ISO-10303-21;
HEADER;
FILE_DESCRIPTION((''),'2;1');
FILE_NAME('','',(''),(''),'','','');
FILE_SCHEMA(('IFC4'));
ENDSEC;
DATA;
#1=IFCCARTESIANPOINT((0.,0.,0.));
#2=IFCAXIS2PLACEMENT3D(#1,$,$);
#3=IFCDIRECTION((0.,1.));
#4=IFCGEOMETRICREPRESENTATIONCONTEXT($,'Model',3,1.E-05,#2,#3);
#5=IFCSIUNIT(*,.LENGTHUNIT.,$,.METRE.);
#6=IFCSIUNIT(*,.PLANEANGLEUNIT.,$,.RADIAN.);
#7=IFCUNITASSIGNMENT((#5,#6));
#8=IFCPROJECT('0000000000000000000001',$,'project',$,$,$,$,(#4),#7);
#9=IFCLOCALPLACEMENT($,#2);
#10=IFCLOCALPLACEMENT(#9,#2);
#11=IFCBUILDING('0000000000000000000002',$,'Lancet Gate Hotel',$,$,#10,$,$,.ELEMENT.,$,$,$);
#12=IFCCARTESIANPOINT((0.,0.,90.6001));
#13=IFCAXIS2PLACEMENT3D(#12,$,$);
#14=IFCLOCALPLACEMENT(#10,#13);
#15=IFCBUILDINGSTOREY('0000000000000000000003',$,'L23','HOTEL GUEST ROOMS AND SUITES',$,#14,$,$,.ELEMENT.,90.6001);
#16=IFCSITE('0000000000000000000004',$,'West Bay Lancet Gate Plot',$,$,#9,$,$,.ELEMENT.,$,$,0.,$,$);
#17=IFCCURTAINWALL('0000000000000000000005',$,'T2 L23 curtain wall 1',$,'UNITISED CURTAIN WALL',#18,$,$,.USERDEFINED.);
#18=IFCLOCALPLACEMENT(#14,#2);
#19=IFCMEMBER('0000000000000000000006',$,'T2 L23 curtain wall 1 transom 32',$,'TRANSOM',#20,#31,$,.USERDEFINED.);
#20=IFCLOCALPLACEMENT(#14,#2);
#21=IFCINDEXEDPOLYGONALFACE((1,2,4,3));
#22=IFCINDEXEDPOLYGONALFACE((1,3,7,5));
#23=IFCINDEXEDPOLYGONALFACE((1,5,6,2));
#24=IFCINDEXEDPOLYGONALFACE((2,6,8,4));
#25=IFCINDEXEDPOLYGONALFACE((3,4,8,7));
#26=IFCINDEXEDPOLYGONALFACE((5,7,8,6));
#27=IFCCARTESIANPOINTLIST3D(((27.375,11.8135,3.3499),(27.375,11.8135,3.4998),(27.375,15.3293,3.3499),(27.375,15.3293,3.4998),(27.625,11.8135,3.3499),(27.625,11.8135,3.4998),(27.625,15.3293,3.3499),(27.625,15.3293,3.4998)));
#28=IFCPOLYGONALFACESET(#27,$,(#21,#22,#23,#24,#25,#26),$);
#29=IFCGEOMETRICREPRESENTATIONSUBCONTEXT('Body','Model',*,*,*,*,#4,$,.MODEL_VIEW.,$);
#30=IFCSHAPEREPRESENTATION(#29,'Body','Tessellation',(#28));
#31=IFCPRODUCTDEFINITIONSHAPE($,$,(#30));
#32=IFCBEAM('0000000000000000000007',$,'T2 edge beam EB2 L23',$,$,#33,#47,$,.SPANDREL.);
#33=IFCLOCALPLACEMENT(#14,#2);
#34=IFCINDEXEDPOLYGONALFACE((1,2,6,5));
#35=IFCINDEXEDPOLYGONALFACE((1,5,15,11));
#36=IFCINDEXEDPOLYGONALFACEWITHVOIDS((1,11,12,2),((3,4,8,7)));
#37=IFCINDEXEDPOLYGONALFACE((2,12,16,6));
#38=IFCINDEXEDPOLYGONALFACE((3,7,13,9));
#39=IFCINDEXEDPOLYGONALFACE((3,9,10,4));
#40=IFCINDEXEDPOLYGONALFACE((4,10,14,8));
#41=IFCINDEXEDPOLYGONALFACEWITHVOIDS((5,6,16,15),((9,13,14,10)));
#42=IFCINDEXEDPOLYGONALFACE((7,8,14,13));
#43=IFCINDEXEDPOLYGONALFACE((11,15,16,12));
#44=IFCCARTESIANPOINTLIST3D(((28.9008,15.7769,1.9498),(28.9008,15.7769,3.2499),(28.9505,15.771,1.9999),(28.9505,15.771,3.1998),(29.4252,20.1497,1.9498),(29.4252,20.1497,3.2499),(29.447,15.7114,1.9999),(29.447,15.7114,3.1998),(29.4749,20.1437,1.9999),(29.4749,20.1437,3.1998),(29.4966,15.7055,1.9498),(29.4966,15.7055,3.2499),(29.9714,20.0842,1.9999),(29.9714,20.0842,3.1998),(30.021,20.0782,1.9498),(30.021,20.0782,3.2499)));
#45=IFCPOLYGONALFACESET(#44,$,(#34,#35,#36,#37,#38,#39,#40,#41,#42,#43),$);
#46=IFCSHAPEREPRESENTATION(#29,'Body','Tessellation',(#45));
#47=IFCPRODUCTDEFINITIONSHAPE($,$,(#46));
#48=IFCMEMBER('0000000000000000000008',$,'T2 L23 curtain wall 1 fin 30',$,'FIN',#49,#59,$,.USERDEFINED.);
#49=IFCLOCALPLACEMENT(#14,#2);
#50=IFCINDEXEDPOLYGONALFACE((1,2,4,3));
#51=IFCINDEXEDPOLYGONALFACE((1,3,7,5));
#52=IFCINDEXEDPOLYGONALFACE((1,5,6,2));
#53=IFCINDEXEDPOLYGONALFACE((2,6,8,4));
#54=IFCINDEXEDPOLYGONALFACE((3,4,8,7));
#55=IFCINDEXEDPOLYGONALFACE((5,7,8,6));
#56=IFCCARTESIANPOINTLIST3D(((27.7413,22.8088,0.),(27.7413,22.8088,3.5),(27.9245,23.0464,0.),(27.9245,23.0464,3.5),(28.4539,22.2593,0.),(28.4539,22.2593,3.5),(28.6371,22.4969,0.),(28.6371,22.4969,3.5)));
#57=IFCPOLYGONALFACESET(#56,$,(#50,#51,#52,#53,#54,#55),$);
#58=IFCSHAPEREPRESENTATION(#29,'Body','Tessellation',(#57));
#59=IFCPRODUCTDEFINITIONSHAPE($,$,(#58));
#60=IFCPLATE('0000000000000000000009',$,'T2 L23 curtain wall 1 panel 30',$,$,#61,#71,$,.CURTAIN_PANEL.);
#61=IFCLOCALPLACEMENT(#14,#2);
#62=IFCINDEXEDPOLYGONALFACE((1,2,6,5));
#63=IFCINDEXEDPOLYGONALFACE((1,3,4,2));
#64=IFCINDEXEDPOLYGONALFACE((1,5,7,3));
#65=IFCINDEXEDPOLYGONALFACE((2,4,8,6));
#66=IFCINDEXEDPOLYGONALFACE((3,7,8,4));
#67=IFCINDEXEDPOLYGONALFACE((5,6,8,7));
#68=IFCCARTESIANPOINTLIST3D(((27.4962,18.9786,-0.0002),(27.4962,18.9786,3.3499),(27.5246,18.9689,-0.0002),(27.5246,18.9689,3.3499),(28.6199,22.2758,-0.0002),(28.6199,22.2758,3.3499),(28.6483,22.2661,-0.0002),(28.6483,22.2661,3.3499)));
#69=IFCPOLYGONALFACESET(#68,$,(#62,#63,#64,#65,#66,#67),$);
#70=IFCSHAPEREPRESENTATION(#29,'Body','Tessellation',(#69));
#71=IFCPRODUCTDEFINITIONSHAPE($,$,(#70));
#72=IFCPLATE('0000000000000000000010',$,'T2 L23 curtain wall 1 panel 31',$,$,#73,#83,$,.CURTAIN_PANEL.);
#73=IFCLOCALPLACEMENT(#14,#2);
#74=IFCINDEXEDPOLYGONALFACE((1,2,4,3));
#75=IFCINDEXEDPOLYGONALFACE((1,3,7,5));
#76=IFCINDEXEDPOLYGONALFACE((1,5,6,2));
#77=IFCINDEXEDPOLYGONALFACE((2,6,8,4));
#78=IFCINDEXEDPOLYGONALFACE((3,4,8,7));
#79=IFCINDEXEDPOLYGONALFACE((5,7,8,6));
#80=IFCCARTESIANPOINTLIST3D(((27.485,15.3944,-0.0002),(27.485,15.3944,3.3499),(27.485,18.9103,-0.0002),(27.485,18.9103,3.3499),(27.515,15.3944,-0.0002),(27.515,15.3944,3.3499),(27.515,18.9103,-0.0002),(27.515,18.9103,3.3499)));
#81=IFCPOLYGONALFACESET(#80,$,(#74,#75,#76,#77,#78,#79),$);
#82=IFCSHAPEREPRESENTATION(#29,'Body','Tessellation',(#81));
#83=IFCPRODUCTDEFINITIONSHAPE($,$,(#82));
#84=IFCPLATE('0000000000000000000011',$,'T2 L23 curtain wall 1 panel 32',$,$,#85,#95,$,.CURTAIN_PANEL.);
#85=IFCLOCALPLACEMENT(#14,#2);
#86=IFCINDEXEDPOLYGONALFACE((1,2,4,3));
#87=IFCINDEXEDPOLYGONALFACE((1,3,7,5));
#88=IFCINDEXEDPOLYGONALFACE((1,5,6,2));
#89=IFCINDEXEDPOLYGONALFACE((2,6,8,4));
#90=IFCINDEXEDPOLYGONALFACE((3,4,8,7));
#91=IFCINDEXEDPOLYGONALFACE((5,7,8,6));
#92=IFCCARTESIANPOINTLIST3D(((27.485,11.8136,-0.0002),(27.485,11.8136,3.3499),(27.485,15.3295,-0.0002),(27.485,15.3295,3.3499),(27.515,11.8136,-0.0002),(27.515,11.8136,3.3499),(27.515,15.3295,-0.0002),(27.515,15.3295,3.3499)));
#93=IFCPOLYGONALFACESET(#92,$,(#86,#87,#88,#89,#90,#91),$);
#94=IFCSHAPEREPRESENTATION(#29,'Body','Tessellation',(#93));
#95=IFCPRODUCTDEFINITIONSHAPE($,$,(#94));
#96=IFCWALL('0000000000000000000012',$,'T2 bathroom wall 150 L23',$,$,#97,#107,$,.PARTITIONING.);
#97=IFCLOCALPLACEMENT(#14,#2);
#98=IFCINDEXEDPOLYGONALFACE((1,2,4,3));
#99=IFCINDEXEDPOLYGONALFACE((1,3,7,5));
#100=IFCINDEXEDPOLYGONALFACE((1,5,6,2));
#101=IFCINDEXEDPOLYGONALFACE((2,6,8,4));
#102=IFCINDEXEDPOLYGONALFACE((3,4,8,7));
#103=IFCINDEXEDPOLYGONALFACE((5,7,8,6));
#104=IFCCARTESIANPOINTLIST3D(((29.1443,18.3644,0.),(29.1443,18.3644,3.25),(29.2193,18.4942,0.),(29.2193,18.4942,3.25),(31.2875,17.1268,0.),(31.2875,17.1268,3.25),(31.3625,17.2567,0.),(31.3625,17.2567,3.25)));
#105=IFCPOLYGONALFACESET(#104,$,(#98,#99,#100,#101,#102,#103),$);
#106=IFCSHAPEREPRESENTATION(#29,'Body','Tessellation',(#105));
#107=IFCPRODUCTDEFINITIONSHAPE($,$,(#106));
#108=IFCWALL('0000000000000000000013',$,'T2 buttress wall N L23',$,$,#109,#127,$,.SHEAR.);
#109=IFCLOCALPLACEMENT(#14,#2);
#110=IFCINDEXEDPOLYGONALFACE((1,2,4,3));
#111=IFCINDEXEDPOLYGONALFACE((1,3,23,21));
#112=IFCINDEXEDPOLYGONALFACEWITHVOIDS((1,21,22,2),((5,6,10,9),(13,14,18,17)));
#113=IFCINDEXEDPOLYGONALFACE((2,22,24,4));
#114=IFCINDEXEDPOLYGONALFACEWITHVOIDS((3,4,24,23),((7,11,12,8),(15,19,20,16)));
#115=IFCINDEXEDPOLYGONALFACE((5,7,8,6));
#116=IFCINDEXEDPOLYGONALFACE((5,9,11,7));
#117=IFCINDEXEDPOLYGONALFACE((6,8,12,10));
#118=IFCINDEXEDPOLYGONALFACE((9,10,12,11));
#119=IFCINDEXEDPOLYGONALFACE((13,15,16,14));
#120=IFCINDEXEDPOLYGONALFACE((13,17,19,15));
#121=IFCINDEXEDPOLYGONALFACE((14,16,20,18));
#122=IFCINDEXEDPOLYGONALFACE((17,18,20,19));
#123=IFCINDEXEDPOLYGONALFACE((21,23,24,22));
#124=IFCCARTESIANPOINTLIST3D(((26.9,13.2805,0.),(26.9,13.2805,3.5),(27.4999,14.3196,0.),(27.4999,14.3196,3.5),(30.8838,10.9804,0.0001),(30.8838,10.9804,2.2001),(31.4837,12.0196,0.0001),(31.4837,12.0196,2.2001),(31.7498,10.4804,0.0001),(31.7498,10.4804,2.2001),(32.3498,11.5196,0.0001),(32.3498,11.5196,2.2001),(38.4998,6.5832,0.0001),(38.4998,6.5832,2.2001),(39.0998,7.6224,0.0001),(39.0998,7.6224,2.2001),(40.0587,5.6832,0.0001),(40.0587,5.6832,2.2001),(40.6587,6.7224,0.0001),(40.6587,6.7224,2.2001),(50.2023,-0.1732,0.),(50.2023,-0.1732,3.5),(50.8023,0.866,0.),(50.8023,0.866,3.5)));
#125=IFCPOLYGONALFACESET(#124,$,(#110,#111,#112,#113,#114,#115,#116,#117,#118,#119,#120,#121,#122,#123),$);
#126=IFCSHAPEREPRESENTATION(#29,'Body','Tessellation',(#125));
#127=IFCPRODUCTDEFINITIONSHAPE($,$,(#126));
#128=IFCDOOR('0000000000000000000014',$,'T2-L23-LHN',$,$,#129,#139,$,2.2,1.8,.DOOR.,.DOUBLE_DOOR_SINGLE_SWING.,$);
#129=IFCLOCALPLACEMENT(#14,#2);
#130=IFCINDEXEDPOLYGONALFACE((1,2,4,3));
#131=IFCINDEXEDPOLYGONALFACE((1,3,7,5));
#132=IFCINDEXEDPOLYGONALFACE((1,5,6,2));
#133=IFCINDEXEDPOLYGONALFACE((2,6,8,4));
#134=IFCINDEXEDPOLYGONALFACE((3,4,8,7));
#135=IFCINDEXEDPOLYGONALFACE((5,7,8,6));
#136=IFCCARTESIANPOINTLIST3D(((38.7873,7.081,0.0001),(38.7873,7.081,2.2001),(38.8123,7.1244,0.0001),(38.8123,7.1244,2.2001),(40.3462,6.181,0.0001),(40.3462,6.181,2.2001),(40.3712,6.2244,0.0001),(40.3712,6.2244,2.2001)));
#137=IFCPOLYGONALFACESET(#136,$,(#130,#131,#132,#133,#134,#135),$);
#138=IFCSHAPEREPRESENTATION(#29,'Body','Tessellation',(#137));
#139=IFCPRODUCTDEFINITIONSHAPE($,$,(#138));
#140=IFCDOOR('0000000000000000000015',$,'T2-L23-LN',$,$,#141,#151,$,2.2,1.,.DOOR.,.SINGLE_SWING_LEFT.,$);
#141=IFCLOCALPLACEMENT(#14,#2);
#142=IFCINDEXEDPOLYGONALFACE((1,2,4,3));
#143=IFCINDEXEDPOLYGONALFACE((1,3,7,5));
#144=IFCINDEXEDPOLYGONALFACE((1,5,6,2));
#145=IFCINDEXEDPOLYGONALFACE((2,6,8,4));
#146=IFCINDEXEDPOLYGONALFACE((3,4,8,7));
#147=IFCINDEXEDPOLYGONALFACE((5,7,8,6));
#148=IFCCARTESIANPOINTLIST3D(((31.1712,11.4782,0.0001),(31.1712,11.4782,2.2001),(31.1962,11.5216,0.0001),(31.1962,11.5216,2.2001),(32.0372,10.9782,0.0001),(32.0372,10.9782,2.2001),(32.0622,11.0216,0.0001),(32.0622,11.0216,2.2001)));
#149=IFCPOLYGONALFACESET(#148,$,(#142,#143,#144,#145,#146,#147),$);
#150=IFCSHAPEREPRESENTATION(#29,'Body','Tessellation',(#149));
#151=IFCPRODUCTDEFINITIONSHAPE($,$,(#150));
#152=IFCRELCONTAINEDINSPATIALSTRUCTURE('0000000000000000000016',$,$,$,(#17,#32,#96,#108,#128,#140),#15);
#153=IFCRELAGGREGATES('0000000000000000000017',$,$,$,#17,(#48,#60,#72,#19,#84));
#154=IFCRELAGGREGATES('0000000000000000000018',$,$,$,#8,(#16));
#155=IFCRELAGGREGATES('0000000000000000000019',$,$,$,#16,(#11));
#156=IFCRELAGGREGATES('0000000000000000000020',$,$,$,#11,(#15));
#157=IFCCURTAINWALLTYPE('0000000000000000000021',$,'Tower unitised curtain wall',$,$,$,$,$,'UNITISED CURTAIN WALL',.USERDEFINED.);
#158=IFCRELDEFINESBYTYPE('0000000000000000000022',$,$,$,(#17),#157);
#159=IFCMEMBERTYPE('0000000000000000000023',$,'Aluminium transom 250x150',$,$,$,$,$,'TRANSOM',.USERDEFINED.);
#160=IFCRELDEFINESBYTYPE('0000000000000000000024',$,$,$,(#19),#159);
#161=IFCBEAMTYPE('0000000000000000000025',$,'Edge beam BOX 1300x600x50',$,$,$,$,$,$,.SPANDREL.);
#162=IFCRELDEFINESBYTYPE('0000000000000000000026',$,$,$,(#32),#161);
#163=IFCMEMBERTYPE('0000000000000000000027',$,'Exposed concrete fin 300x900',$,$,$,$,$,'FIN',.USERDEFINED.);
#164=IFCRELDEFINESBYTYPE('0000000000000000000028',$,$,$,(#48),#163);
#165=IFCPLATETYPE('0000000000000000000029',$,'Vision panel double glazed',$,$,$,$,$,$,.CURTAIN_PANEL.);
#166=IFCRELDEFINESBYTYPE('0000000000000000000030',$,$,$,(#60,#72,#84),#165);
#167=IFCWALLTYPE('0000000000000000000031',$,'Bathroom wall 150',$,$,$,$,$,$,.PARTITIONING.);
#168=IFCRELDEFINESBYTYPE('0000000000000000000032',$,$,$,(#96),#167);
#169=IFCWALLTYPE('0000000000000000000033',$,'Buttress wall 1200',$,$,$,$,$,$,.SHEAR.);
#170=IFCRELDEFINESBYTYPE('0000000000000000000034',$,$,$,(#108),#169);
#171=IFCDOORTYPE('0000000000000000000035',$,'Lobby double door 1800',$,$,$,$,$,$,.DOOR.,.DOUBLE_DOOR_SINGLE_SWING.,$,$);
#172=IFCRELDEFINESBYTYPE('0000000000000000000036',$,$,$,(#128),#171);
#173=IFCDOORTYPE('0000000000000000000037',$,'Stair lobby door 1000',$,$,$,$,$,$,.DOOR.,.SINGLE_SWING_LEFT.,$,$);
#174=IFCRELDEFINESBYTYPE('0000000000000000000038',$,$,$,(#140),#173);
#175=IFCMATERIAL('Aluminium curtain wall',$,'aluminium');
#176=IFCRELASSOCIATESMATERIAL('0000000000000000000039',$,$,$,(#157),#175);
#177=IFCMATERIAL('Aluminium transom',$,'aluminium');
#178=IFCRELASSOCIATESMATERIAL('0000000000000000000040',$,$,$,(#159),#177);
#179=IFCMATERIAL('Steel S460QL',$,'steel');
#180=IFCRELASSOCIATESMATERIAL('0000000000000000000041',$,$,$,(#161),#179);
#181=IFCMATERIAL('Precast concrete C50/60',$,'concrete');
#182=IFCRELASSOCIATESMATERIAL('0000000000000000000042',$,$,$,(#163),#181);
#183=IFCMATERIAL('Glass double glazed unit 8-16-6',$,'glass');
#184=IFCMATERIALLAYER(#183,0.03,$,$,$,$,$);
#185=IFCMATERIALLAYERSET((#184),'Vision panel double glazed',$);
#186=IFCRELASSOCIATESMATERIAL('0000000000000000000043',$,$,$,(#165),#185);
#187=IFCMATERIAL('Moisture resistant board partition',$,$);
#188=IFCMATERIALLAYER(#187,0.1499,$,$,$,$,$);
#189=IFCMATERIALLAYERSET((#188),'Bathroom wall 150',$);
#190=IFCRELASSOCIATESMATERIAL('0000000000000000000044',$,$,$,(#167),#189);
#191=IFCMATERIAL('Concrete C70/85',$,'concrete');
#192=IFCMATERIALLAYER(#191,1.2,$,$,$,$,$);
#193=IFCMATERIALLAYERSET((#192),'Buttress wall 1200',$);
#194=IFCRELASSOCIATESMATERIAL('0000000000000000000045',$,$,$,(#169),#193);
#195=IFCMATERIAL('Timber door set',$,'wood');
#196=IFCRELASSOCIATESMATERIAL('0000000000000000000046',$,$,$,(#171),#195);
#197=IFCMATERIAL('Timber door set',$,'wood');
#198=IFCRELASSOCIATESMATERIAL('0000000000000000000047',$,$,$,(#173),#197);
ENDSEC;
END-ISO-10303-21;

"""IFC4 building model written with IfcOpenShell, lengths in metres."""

from ifc_helpers import new_model, si_unit, direction, frame, frame_2d, origin, origin_2d, place, context, subcontext, project, spatial, rectangle, hollow_rectangle, extrude, material, layer, layer_set, material_profile, profile_set, type_object, element, fill, aggregate, save


model = new_model("IFC4")

# Units and contexts
model_context = context("Model", 3, precision=1e-05, world=origin(), true_north=direction((0.0, 1.0)))
body_context = subcontext(model_context, "Body", "Model", "MODEL_VIEW")
ifc_project = project(units=[si_unit("LENGTHUNIT", "METRE"), si_unit("PLANEANGLEUNIT", "RADIAN")], contexts=[model_context])

# Site, building, storey
site_placement = place(None, origin())
site = spatial("IfcSite", under=ifc_project, at=site_placement, Name="West Bay Lancet Gate Plot", CompositionType="ELEMENT", RefElevation=0.0)
building_placement = place(site_placement, origin())
building = spatial("IfcBuilding", under=site, at=building_placement, Name="Lancet Gate Hotel", CompositionType="ELEMENT")
storey_placement = place(building_placement, frame((0.0, 0.0, 90.6001)))
storey = spatial("IfcBuildingStorey", under=building, at=storey_placement, Name="L23", Description="HOTEL GUEST ROOMS AND SUITES", CompositionType="ELEMENT", Elevation=90.6001)

# Curtain wall, member
ifc_material_1 = material(Name="Aluminium curtain wall", Category="aluminium")
curtain_wall_type = type_object("IfcCurtainWallType", Name="Tower unitised curtain wall", ElementType="UNITISED CURTAIN WALL", PredefinedType="USERDEFINED", material=ifc_material_1)
curtain_wall_placement = place(storey_placement, origin())
curtain_wall = element("IfcCurtainWall", 1, at=curtain_wall_placement, inside=storey, type_object=curtain_wall_type, Name="T2 L23 curtain wall 1", ObjectType="UNITISED CURTAIN WALL", PredefinedType="USERDEFINED")
ifc_material_2 = material(Name="Aluminium transom", Category="aluminium")
ifc_material_profile_1 = material_profile(ifc_material_2, rectangle(XDim=0.25, YDim=0.1499, at=origin_2d()), Name="TRANSOM 250x150")
ifc_profile_set_1 = profile_set([ifc_material_profile_1], Name="Aluminium transom")
member_type_1 = type_object("IfcMemberType", Name="Aluminium transom 250x150", ElementType="TRANSOM", PredefinedType="USERDEFINED", material=ifc_profile_set_1)
member_1_placement = place(storey_placement, frame((27.5, 15.3293, 3.4248), z_axis=(0.0, -1.0, 0.0), x_axis=(1.0, 0.0, 0.0)))
member_1 = element("IfcMember", 2, at=member_1_placement, type_object=member_type_1, Name="T2 L23 curtain wall 1 transom 32", ObjectType="TRANSOM", PredefinedType="USERDEFINED", context=body_context, shape_type="SweptSolid", body=[
    extrude(rectangle(XDim=0.25, YDim=0.1499, at=origin_2d()), origin(), (0.0, 0.0, 1.0), 3.5159),
])

# Beam
ifc_material_3 = material(Name="Steel S460QL", Category="steel")
ifc_material_profile_2 = material_profile(ifc_material_3, hollow_rectangle(XDim=0.6001, YDim=1.3, WallThickness=0.05, at=origin_2d()), Name="BOX 1300x600x50")
ifc_profile_set_2 = profile_set([ifc_material_profile_2], Name="Steel S460QL")
beam_type = type_object("IfcBeamType", Name="Edge beam BOX 1300x600x50", PredefinedType="SPANDREL", material=ifc_profile_set_2)
beam_placement = place(storey_placement, frame((29.1987, 15.7412, 2.5999), z_axis=(0.119073, 0.992885, 0.0), x_axis=(-0.992885, 0.119073, 0.0)))
element("IfcBeam", 3, at=beam_placement, inside=storey, type_object=beam_type, Name="T2 edge beam EB2 L23", PredefinedType="SPANDREL", context=body_context, shape_type="SweptSolid", body=[
    extrude(hollow_rectangle(XDim=0.6001, YDim=1.3, WallThickness=0.05, at=origin_2d()), origin(), (0.0, 0.0, 1.0), 4.4041),
])

# Member
ifc_material_4 = material(Name="Precast concrete C50/60", Category="concrete")
ifc_material_profile_3 = material_profile(ifc_material_4, rectangle(XDim=0.3, YDim=0.8999, at=origin_2d()), Name="FIN 300x900")
ifc_profile_set_3 = profile_set([ifc_material_profile_3], Name="Precast concrete C50/60")
member_type_2 = type_object("IfcMemberType", Name="Exposed concrete fin 300x900", ElementType="FIN", PredefinedType="USERDEFINED", material=ifc_profile_set_3)
member_2_placement = place(storey_placement, frame((28.1892, 22.6528, 0.0), z_axis=(0.0, 0.0, 1.0), x_axis=(-0.610664, -0.79189, 0.0)))
member_2 = element("IfcMember", 4, at=member_2_placement, type_object=member_type_2, Name="T2 L23 curtain wall 1 fin 30", ObjectType="FIN", PredefinedType="USERDEFINED", context=body_context, shape_type="SweptSolid", body=[
    extrude(rectangle(XDim=0.3, YDim=0.8999, at=origin_2d()), origin(), (0.0, 0.0, 1.0), 3.5),
])

# Plates
ifc_material_5 = material(Name="Glass double glazed unit 8-16-6", Category="glass")
ifc_layer_1 = layer(ifc_material_5, 0.03)
ifc_layer_set_1 = layer_set([ifc_layer_1], Name="Vision panel double glazed")
plate_type = type_object("IfcPlateType", Name="Vision panel double glazed", PredefinedType="CURTAIN_PANEL", material=ifc_layer_set_1)
plate_1_placement = place(storey_placement, frame((28.0723, 20.6223, -0.0002), z_axis=(0.0, 0.0, 1.0), x_axis=(-0.322576, -0.946544, 0.0)))
plate_1 = element("IfcPlate", 5, at=plate_1_placement, type_object=plate_type, Name="T2 L23 curtain wall 1 panel 30", PredefinedType="CURTAIN_PANEL", context=body_context, shape_type="SweptSolid", body=[
    extrude(rectangle(XDim=3.4834, YDim=0.03, at=origin_2d()), origin(), (0.0, 0.0, 1.0), 3.3501),
])
plate_2_placement = place(storey_placement, frame((27.5, 17.1523, -0.0002), z_axis=(0.0, 0.0, 1.0), x_axis=(0.0, -1.0, 0.0)))
plate_2 = element("IfcPlate", 6, at=plate_2_placement, type_object=plate_type, Name="T2 L23 curtain wall 1 panel 31", PredefinedType="CURTAIN_PANEL", context=body_context, shape_type="SweptSolid", body=[
    extrude(rectangle(XDim=3.5159, YDim=0.03, at=origin_2d()), origin(), (0.0, 0.0, 1.0), 3.3501),
])
plate_3_placement = place(storey_placement, frame((27.5, 13.5715, -0.0002), z_axis=(0.0, 0.0, 1.0), x_axis=(0.0, -1.0, 0.0)))
plate_3 = element("IfcPlate", 7, at=plate_3_placement, type_object=plate_type, Name="T2 L23 curtain wall 1 panel 32", PredefinedType="CURTAIN_PANEL", context=body_context, shape_type="SweptSolid", body=[
    extrude(rectangle(XDim=3.5159, YDim=0.03, at=origin_2d()), origin(), (0.0, 0.0, 1.0), 3.3501),
])
aggregate(curtain_wall, [member_2, plate_1, plate_2, member_1, plate_3])

# Wall
ifc_material_6 = material(Name="Moisture resistant board partition")
ifc_layer_2 = layer(ifc_material_6, 0.1499)
ifc_layer_set_2 = layer_set([ifc_layer_2], Name="Bathroom wall 150")
wall_type_1 = type_object("IfcWallType", Name="Bathroom wall 150", PredefinedType="PARTITIONING", material=ifc_layer_set_2)
wall_1_placement = place(storey_placement, frame((29.1819, 18.4292, 0.0), z_axis=(0.0, 0.0, 1.0), x_axis=(0.866007, -0.500033, 0.0)))
element("IfcWall", 8, at=wall_1_placement, inside=storey, type_object=wall_type_1, Name="T2 bathroom wall 150 L23", PredefinedType="PARTITIONING", context=body_context, shape_type="SweptSolid", body=[
    extrude(rectangle(XDim=2.4749, YDim=0.1499, at=frame_2d((1.2373, 0.0))), origin(), (0.0, 0.0, 1.0), 3.25),
])

# Wall, openings, doors
ifc_material_7 = material(Name="Concrete C70/85", Category="concrete")
ifc_layer_3 = layer(ifc_material_7, 1.2)
ifc_layer_set_3 = layer_set([ifc_layer_3], Name="Buttress wall 1200")
wall_type_2 = type_object("IfcWallType", Name="Buttress wall 1200", PredefinedType="SHEAR", material=ifc_layer_set_3)
wall_2_placement = place(storey_placement, frame((27.2, 13.8, 0.0), z_axis=(0.0, 0.0, 1.0), x_axis=(0.866025, -0.500002, 0.0)))
wall_2 = element("IfcWall", 9, at=wall_2_placement, inside=storey, type_object=wall_type_2, Name="T2 buttress wall N L23", PredefinedType="SHEAR", context=body_context, shape_type="SweptSolid", body=[
    extrude(rectangle(XDim=26.9072, YDim=1.2, at=frame_2d((13.4536, 0.0))), origin(), (0.0, 0.0, 1.0), 3.5),
])
opening_1_placement = place(wall_2_placement, frame((4.6001, 0.0, 0.0)))
opening_1 = element("IfcOpeningElement", 10, at=opening_1_placement, cuts=wall_2, PredefinedType="OPENING", context=body_context, shape_type="SweptSolid", body=[
    extrude(rectangle(XDim=1.0, YDim=2.2, at=frame_2d((0.5, 1.1001))), frame((0.0, 0.6099, 0.0), z_axis=(0.0, -1.0, 0.0), x_axis=(1.0, 0.0, 0.0)), (0.0, 0.0, 1.0), 1.22),
])
opening_2_placement = place(wall_2_placement, frame((13.3945, 0.0, 0.0)))
opening_2 = element("IfcOpeningElement", 11, at=opening_2_placement, cuts=wall_2, PredefinedType="OPENING", context=body_context, shape_type="SweptSolid", body=[
    extrude(rectangle(XDim=1.8, YDim=2.2, at=frame_2d((0.8999, 1.1001))), frame((0.0, 0.6099, 0.0), z_axis=(0.0, -1.0, 0.0), x_axis=(1.0, 0.0, 0.0)), (0.0, 0.0, 1.0), 1.22),
])
ifc_material_8 = material(Name="Timber door set", Category="wood")
door_type_1 = type_object("IfcDoorType", Name="Lobby double door 1800", OperationType="DOUBLE_DOOR_SINGLE_SWING", PredefinedType="DOOR", material=ifc_material_8)
door_1_placement = place(opening_2_placement, origin())
door_1 = element("IfcDoor", 12, at=door_1_placement, inside=storey, type_object=door_type_1, Name="T2-L23-LHN", OperationType="DOUBLE_DOOR_SINGLE_SWING", OverallHeight=2.2, OverallWidth=1.8, PredefinedType="DOOR", context=body_context, shape_type="SweptSolid", body=[
    extrude(rectangle(XDim=1.8, YDim=2.2, at=frame_2d((0.8999, 1.1001))), frame((0.0, 0.0249, 0.0), z_axis=(0.0, -1.0, 0.0), x_axis=(1.0, 0.0, 0.0)), (0.0, 0.0, 1.0), 0.05),
])
fill(opening_2, door_1)
ifc_material_9 = material(Name="Timber door set", Category="wood")
door_type_2 = type_object("IfcDoorType", Name="Stair lobby door 1000", OperationType="SINGLE_SWING_LEFT", PredefinedType="DOOR", material=ifc_material_9)
door_2_placement = place(opening_1_placement, origin())
door_2 = element("IfcDoor", 13, at=door_2_placement, inside=storey, type_object=door_type_2, Name="T2-L23-LN", OperationType="SINGLE_SWING_LEFT", OverallHeight=2.2, OverallWidth=1.0, PredefinedType="DOOR", context=body_context, shape_type="SweptSolid", body=[
    extrude(rectangle(XDim=1.0, YDim=2.2, at=frame_2d((0.5, 1.1001))), frame((0.0, 0.0249, 0.0), z_axis=(0.0, -1.0, 0.0), x_axis=(1.0, 0.0, 0.0)), (0.0, 0.0, 1.0), 0.05),
])
fill(opening_1, door_2)

save(model, "model.ifc")
